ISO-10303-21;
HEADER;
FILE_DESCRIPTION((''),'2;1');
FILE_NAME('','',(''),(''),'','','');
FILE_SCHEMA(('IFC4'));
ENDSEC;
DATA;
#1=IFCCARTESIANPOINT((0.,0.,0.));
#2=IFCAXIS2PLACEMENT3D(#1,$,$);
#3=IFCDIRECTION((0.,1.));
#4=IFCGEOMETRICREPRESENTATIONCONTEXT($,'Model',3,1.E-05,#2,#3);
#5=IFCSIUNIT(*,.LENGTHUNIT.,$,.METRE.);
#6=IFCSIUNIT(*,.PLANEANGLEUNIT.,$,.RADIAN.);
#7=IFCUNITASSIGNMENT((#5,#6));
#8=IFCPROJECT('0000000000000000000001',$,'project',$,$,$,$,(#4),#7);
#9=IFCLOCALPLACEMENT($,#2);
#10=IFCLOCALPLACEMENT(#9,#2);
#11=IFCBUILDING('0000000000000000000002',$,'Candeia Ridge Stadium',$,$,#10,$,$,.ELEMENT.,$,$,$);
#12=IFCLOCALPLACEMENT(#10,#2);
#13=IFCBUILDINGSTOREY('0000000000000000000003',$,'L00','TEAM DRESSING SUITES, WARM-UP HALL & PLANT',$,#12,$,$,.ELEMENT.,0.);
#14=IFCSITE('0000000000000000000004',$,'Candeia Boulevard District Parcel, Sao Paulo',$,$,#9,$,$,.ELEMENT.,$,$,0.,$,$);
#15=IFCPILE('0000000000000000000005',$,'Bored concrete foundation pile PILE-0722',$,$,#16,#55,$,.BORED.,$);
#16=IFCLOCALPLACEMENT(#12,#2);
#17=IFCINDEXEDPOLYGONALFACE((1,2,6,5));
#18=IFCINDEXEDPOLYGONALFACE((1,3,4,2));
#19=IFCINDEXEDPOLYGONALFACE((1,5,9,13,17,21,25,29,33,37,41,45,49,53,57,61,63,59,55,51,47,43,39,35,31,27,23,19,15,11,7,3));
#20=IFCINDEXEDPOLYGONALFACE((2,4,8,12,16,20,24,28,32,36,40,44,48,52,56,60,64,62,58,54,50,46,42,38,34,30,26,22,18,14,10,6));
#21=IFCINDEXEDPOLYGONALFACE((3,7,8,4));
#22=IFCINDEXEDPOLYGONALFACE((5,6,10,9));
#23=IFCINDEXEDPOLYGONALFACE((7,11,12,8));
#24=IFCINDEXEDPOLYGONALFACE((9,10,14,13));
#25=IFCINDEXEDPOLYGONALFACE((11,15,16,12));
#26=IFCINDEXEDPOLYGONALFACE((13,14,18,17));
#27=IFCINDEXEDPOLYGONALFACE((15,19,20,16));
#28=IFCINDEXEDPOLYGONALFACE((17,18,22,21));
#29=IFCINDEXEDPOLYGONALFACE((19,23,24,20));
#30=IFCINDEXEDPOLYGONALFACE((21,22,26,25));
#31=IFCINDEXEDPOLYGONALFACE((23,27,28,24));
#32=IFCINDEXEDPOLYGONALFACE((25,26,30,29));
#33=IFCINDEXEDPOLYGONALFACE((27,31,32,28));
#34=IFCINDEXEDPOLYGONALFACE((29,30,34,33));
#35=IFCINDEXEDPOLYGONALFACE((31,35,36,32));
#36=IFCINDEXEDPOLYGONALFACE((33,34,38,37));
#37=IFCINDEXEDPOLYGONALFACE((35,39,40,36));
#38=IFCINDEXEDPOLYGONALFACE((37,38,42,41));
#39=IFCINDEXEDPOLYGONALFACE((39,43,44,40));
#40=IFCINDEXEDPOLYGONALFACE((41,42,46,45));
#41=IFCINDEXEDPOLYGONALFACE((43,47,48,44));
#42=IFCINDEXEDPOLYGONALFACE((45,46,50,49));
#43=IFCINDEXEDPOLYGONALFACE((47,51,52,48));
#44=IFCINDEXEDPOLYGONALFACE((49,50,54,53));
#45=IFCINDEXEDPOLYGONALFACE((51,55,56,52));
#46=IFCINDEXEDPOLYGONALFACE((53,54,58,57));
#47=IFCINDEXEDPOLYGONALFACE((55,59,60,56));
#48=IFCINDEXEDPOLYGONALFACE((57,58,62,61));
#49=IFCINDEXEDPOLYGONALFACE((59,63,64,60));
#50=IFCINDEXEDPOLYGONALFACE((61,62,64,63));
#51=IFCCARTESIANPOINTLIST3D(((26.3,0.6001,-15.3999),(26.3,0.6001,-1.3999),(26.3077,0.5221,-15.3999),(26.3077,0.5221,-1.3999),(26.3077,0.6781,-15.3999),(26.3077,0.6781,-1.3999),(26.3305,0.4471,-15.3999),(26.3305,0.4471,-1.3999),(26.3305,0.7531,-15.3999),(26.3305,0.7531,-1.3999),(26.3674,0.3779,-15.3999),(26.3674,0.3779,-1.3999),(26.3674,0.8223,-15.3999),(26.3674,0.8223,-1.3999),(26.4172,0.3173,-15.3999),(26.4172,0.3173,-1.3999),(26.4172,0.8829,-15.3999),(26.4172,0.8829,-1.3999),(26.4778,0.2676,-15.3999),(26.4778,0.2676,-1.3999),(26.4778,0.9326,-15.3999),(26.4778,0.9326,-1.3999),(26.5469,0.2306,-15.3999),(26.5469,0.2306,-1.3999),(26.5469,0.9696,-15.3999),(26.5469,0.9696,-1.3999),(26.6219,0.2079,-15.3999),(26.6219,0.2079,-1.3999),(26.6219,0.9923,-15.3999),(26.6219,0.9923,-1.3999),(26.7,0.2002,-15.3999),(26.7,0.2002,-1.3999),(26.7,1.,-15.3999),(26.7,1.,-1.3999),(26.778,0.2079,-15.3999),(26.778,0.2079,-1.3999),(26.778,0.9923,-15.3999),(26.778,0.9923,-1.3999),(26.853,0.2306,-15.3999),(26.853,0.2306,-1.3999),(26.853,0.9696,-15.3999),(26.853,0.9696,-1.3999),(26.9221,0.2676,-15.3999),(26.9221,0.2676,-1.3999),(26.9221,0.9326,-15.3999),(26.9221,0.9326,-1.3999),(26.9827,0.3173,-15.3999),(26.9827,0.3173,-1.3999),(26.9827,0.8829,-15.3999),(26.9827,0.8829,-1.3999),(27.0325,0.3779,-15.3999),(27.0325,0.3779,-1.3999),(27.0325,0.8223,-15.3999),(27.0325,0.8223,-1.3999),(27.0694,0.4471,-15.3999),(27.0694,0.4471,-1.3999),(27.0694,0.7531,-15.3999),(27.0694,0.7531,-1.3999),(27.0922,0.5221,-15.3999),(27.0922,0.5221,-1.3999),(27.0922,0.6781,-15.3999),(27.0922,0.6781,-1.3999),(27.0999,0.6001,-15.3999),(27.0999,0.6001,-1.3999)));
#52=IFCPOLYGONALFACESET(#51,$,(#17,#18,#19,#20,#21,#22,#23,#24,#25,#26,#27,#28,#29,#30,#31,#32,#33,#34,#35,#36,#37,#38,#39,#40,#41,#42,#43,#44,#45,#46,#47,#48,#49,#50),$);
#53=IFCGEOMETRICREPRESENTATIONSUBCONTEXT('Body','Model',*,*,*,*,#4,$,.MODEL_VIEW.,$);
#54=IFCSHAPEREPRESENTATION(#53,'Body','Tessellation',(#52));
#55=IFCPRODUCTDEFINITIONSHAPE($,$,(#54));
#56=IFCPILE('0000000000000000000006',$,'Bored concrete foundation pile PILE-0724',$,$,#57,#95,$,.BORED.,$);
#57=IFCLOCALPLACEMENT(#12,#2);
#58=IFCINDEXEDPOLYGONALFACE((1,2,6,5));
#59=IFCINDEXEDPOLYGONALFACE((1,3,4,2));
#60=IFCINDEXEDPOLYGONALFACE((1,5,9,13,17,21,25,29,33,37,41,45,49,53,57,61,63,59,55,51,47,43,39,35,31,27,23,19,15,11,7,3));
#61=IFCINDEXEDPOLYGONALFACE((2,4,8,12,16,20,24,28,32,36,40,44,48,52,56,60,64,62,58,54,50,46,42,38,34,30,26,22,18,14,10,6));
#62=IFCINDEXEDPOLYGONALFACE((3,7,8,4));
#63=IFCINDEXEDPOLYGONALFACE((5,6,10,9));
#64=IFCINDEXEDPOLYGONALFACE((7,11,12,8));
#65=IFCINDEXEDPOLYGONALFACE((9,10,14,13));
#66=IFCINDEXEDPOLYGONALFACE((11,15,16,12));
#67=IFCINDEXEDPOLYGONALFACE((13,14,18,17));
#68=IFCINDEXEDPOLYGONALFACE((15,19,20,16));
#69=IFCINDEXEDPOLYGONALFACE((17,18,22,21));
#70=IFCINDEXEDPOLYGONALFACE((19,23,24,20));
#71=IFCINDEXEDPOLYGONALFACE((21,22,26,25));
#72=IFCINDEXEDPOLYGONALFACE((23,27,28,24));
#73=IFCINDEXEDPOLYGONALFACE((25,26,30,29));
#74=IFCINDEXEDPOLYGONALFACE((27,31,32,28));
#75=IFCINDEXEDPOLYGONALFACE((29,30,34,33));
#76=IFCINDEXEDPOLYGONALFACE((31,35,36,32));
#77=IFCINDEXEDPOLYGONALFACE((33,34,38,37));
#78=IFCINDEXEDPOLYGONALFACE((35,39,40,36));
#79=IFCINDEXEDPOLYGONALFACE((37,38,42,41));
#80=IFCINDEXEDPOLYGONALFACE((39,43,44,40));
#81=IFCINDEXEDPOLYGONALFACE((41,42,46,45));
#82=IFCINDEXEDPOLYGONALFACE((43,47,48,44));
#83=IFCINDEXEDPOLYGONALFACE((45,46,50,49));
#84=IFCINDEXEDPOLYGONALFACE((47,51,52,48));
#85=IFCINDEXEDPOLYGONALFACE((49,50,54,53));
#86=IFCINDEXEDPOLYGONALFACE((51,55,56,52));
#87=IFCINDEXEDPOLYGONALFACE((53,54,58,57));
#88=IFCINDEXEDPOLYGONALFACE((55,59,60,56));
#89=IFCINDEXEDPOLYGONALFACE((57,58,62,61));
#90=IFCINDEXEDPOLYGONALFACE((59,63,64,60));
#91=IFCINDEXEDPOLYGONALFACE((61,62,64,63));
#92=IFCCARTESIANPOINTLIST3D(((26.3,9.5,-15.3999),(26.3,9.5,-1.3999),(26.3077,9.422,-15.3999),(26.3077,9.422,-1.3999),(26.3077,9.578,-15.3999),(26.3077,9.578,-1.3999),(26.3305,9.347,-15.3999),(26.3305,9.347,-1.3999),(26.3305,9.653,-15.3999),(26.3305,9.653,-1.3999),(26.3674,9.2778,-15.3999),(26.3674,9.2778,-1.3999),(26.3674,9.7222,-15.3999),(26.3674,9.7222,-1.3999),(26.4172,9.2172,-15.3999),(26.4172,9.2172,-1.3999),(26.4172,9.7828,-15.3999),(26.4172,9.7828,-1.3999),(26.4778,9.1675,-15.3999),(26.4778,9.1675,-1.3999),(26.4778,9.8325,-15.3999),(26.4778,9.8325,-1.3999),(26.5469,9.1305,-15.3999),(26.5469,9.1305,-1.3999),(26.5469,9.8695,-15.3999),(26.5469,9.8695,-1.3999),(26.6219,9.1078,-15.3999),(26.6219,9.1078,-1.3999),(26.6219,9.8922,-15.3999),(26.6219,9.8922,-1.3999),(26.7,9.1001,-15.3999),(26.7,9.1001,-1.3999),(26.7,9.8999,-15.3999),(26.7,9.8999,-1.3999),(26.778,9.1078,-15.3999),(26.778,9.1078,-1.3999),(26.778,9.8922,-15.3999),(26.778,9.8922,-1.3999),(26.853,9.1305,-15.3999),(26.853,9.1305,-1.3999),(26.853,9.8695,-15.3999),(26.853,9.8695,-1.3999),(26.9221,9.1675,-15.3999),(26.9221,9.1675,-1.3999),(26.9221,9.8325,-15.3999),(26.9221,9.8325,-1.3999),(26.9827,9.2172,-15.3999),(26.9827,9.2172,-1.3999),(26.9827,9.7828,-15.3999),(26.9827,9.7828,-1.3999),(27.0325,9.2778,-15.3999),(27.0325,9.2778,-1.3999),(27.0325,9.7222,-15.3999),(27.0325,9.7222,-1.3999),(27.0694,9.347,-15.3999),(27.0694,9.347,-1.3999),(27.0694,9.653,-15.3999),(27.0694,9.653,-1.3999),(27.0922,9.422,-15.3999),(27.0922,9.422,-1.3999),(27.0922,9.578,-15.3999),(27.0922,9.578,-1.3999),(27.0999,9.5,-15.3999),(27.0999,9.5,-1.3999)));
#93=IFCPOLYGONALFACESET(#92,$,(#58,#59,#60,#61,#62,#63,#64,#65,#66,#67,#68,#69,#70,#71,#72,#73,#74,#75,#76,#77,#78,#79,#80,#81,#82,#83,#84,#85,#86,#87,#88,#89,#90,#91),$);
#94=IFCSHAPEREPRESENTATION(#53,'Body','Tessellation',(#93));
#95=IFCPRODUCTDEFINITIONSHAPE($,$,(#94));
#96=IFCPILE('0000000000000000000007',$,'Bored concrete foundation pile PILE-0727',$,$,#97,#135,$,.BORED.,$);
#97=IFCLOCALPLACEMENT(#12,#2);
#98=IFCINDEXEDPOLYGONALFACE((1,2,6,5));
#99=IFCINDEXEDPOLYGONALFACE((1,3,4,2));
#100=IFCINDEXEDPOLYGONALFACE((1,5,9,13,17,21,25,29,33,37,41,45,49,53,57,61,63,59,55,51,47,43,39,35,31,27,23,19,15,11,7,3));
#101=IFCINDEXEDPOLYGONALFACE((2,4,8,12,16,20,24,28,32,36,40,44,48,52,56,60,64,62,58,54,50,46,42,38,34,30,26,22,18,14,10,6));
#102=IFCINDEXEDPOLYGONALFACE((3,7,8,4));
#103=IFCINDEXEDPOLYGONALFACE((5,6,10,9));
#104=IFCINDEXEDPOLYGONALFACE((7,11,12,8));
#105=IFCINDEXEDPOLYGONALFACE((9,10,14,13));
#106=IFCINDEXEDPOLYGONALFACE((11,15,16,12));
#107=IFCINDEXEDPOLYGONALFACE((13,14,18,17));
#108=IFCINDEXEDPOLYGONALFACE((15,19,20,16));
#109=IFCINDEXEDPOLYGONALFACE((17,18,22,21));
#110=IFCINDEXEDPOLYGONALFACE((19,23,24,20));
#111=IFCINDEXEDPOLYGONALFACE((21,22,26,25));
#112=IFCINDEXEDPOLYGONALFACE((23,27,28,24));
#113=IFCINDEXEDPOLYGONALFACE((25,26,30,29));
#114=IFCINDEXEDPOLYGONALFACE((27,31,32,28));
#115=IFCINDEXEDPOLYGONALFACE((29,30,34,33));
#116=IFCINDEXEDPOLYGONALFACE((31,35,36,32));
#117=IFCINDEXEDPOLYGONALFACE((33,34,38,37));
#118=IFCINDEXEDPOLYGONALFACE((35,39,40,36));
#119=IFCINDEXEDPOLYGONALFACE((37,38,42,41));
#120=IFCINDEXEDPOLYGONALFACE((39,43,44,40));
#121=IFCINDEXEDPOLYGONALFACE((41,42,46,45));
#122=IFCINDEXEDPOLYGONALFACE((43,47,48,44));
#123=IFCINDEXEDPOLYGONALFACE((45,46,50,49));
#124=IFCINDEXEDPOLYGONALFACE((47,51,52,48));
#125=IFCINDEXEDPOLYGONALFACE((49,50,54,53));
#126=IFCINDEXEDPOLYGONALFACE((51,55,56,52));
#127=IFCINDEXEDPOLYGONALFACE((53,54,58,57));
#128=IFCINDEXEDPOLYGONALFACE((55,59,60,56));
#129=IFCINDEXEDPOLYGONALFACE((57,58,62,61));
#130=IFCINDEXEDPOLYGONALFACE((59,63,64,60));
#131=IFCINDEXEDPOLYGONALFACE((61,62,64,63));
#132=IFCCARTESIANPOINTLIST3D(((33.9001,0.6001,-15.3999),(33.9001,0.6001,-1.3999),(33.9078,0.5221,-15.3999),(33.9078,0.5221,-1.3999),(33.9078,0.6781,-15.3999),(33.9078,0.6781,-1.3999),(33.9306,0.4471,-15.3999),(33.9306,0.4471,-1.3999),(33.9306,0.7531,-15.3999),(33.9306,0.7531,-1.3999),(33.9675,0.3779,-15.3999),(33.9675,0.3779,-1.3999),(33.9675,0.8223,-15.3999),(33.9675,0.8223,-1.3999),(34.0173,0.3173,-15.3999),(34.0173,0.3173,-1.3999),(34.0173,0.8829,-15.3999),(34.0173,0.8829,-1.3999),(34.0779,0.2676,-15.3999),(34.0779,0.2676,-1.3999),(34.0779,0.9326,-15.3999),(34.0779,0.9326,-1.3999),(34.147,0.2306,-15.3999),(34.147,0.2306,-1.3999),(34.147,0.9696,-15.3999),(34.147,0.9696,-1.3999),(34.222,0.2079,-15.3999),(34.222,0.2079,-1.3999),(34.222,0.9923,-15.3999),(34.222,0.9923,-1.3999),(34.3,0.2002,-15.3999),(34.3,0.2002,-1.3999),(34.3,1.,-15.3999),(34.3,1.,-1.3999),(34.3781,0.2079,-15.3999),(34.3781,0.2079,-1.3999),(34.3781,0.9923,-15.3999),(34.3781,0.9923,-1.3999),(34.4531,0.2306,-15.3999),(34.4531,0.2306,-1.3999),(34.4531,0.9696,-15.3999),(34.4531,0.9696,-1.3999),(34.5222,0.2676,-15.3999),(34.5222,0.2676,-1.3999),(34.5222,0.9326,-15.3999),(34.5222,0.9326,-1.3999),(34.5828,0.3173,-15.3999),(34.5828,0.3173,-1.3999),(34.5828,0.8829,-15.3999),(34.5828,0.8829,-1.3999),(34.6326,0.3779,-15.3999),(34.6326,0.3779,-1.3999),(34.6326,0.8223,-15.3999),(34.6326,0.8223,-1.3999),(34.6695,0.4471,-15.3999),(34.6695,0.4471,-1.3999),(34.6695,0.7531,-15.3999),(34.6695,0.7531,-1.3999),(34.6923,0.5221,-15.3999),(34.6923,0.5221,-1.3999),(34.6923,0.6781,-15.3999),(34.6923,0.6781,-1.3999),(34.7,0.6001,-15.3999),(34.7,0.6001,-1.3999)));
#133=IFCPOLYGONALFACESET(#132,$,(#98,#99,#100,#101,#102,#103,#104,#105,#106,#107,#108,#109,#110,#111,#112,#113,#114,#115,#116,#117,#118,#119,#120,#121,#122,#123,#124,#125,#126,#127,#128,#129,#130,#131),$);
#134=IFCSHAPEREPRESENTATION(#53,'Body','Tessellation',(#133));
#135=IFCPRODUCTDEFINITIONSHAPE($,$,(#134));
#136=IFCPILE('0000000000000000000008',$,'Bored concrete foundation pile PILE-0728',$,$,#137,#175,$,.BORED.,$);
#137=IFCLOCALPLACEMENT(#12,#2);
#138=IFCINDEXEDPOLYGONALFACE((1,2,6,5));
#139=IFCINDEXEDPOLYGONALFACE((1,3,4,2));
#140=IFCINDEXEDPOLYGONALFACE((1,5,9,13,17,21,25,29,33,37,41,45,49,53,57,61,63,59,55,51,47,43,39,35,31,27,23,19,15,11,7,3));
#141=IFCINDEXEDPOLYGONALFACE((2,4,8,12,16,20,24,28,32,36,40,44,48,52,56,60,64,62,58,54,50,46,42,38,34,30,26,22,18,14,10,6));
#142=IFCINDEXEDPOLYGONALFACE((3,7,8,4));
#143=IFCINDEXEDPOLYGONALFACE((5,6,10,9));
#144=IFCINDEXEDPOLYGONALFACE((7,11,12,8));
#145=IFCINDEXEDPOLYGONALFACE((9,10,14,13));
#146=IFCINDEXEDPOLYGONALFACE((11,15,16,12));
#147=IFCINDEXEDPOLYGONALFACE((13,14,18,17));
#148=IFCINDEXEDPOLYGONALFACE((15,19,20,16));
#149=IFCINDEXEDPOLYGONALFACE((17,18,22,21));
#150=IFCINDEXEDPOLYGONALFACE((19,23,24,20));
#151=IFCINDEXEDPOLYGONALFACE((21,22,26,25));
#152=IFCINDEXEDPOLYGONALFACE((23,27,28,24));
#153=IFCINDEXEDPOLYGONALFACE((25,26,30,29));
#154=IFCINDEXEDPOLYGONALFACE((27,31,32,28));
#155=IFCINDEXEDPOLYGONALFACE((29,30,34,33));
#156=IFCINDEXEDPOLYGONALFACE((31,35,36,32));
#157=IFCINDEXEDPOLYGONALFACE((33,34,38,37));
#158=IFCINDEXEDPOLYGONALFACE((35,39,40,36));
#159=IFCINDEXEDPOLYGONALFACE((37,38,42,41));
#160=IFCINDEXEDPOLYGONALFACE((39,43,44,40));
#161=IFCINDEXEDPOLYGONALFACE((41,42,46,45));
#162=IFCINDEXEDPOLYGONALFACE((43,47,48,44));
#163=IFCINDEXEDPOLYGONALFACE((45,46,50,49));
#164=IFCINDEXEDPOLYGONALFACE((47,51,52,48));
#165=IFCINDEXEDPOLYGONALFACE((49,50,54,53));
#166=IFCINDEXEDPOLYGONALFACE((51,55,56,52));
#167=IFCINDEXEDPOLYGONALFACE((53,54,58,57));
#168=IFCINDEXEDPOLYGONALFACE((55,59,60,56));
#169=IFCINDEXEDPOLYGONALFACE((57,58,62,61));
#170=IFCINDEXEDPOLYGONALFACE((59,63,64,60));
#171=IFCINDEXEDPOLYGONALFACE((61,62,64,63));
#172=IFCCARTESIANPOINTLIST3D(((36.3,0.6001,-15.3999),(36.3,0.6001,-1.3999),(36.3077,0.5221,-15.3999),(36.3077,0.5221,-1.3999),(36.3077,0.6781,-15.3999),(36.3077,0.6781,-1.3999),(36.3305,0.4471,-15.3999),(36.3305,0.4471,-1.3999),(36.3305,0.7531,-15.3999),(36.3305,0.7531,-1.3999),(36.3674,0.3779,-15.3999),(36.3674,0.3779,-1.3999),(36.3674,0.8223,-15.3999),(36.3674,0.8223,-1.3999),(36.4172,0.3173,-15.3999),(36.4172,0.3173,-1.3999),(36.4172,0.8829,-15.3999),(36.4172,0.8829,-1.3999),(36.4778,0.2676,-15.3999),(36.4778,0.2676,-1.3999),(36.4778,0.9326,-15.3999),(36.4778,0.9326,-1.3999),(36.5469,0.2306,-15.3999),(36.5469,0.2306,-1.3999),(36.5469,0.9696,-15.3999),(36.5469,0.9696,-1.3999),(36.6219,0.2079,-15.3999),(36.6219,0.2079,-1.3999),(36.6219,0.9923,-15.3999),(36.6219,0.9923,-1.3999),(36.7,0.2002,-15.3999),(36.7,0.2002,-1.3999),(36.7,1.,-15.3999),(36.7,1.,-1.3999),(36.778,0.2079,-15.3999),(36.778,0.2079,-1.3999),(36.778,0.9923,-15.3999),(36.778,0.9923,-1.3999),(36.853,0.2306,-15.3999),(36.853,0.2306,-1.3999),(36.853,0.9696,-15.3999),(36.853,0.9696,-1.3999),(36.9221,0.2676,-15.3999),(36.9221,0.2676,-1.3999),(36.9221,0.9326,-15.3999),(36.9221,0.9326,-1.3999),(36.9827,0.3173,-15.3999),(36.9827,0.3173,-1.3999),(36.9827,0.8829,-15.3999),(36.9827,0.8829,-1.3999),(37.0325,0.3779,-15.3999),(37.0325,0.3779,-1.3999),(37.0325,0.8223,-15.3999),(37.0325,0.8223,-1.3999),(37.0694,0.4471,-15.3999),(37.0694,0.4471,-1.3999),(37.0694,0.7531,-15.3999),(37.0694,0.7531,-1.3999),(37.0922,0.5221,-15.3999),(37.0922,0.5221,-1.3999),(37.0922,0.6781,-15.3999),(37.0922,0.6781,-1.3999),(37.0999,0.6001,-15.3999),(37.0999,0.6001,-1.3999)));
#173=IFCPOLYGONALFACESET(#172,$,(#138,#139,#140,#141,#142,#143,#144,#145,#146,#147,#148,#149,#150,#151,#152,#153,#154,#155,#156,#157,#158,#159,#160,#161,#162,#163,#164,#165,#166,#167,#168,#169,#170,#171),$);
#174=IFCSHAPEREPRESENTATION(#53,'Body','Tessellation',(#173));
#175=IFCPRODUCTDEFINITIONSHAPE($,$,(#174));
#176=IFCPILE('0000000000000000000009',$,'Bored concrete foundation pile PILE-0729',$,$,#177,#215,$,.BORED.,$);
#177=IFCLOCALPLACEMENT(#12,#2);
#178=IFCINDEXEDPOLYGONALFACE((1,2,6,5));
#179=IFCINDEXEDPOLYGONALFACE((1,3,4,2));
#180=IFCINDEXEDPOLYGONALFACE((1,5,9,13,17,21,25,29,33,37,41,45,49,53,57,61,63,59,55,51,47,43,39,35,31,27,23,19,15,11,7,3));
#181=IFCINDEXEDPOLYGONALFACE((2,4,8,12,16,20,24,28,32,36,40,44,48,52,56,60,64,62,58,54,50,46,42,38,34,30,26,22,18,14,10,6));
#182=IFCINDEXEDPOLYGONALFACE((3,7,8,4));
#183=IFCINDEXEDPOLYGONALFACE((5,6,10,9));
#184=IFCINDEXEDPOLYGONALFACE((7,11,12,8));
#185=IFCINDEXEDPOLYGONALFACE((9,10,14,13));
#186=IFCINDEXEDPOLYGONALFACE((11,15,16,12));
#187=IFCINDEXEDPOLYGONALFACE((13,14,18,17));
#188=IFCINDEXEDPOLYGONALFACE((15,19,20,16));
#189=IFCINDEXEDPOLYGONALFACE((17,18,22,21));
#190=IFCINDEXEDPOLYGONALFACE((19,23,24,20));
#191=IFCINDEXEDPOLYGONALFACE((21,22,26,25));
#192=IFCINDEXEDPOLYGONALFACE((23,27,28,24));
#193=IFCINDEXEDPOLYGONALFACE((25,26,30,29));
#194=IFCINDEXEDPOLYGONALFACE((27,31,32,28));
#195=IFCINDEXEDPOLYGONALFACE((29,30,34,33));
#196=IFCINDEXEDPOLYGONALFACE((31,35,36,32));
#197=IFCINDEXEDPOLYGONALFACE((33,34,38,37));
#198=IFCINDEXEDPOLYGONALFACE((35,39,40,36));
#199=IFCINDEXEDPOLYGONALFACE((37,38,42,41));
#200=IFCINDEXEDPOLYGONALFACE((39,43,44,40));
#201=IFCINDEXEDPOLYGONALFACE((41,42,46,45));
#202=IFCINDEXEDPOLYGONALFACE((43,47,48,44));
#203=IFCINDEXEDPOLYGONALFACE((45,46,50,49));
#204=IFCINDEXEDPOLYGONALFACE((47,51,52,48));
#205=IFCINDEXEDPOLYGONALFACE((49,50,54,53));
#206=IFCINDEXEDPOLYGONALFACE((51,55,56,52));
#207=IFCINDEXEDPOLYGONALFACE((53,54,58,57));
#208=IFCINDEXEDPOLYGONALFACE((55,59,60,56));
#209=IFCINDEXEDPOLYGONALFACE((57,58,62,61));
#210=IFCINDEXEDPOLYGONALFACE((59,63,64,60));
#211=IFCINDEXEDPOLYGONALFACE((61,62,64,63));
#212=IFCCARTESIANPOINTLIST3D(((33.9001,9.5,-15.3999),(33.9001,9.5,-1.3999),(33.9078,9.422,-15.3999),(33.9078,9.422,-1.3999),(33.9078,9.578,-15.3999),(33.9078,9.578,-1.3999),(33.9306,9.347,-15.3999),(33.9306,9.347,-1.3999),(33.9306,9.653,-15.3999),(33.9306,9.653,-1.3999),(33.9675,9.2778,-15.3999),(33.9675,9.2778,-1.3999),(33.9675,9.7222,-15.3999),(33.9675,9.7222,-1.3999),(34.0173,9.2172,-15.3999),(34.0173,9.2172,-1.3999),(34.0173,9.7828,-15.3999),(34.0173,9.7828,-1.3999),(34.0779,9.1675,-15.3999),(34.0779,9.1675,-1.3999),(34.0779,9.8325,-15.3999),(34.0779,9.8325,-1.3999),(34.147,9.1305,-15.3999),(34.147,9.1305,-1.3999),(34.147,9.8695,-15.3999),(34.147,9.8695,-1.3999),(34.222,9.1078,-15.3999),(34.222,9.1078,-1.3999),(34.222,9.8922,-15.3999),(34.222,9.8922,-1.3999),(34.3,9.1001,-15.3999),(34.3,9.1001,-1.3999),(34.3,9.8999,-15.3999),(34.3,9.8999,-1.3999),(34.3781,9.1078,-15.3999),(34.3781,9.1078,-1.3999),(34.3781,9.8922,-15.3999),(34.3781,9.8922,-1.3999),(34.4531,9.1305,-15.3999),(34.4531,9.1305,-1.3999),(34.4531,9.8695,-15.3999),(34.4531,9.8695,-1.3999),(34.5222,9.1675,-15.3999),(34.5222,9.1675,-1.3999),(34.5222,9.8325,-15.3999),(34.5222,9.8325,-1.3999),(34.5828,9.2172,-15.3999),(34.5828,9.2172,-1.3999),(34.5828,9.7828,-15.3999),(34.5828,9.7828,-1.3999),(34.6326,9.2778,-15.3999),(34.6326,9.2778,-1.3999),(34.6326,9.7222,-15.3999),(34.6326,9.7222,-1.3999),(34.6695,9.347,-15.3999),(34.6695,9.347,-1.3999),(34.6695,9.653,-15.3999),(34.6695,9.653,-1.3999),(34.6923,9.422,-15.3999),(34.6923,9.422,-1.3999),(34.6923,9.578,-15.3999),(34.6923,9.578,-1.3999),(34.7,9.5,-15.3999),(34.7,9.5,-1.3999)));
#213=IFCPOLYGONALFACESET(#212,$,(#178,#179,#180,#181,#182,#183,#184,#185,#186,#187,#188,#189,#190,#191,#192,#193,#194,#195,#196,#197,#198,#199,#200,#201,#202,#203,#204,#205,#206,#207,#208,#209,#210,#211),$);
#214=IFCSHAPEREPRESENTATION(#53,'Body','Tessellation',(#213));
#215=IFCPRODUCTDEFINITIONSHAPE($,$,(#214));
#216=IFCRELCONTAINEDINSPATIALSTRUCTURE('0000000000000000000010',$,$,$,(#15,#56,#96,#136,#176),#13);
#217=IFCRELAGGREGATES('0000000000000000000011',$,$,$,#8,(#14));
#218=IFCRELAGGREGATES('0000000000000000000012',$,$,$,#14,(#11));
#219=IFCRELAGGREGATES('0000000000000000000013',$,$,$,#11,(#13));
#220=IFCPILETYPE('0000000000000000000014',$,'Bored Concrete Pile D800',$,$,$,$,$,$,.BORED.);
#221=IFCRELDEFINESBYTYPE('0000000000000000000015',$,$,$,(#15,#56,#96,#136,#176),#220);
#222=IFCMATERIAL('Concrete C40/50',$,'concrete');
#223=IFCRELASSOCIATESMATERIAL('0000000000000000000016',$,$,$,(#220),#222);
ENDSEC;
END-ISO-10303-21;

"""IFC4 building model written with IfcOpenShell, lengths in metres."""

from ifc_helpers import new_model, si_unit, direction, frame, origin, origin_2d, place, context, subcontext, project, spatial, circle, extrude, material, material_profile, profile_set, type_object, element, save


model = new_model("IFC4")

# Units and contexts
model_context = context("Model", 3, precision=1e-05, world=origin(), true_north=direction((0.0, 1.0)))
body_context = subcontext(model_context, "Body", "Model", "MODEL_VIEW")
ifc_project = project(units=[si_unit("LENGTHUNIT", "METRE"), si_unit("PLANEANGLEUNIT", "RADIAN")], contexts=[model_context])

# Site, building, storey
site_placement = place(None, origin())
site = spatial("IfcSite", under=ifc_project, at=site_placement, Name="Candeia Boulevard District Parcel, Sao Paulo", CompositionType="ELEMENT", RefElevation=0.0)
building_placement = place(site_placement, origin())
building = spatial("IfcBuilding", under=site, at=building_placement, Name="Candeia Ridge Stadium", CompositionType="ELEMENT")
storey_placement = place(building_placement, origin())
storey = spatial("IfcBuildingStorey", under=building, at=storey_placement, Name="L00", Description="TEAM DRESSING SUITES, WARM-UP HALL & PLANT", CompositionType="ELEMENT", Elevation=0.0)

# Piles
ifc_material_1 = material(Name="Concrete C40/50", Category="concrete")
ifc_material_profile_1 = material_profile(ifc_material_1, circle(Radius=0.3999, at=origin_2d()), Name="PILE-D800", Category="concrete")
ifc_profile_set_1 = profile_set([ifc_material_profile_1], Name="Concrete C40/50")
pile_type = type_object("IfcPileType", Name="Bored Concrete Pile D800", PredefinedType="BORED", material=ifc_profile_set_1)
for number, where, z_axis, x_axis, name in (
    (1, (26.7, 0.6001, -1.3999), (0.0, 0.0, -1.0), (1.0, 0.0, 0.0), "Bored concrete foundation pile PILE-0722"),
    (2, (26.7, 9.5, -1.3999), (0.0, 0.0, -1.0), (1.0, 0.0, 0.0), "Bored concrete foundation pile PILE-0724"),
    (3, (34.3, 0.6001, -1.3999), (0.0, 0.0, -1.0), (1.0, 0.0, 0.0), "Bored concrete foundation pile PILE-0727"),
    (4, (36.7, 0.6001, -1.3999), (0.0, 0.0, -1.0), (1.0, 0.0, 0.0), "Bored concrete foundation pile PILE-0728"),
    (5, (34.3, 9.5, -1.3999), (0.0, 0.0, -1.0), (1.0, 0.0, 0.0), "Bored concrete foundation pile PILE-0729"),
):
    element("IfcPile", number, at=place(storey_placement, frame(where, z_axis=z_axis, x_axis=x_axis)), inside=storey, type_object=pile_type, Name=name, PredefinedType="BORED", context=body_context, shape_type="SweptSolid", body=[
        extrude(circle(Radius=0.3999, at=origin_2d()), origin(), (0.0, 0.0, 1.0), 14.0),
    ])

save(model, "model.ifc")
